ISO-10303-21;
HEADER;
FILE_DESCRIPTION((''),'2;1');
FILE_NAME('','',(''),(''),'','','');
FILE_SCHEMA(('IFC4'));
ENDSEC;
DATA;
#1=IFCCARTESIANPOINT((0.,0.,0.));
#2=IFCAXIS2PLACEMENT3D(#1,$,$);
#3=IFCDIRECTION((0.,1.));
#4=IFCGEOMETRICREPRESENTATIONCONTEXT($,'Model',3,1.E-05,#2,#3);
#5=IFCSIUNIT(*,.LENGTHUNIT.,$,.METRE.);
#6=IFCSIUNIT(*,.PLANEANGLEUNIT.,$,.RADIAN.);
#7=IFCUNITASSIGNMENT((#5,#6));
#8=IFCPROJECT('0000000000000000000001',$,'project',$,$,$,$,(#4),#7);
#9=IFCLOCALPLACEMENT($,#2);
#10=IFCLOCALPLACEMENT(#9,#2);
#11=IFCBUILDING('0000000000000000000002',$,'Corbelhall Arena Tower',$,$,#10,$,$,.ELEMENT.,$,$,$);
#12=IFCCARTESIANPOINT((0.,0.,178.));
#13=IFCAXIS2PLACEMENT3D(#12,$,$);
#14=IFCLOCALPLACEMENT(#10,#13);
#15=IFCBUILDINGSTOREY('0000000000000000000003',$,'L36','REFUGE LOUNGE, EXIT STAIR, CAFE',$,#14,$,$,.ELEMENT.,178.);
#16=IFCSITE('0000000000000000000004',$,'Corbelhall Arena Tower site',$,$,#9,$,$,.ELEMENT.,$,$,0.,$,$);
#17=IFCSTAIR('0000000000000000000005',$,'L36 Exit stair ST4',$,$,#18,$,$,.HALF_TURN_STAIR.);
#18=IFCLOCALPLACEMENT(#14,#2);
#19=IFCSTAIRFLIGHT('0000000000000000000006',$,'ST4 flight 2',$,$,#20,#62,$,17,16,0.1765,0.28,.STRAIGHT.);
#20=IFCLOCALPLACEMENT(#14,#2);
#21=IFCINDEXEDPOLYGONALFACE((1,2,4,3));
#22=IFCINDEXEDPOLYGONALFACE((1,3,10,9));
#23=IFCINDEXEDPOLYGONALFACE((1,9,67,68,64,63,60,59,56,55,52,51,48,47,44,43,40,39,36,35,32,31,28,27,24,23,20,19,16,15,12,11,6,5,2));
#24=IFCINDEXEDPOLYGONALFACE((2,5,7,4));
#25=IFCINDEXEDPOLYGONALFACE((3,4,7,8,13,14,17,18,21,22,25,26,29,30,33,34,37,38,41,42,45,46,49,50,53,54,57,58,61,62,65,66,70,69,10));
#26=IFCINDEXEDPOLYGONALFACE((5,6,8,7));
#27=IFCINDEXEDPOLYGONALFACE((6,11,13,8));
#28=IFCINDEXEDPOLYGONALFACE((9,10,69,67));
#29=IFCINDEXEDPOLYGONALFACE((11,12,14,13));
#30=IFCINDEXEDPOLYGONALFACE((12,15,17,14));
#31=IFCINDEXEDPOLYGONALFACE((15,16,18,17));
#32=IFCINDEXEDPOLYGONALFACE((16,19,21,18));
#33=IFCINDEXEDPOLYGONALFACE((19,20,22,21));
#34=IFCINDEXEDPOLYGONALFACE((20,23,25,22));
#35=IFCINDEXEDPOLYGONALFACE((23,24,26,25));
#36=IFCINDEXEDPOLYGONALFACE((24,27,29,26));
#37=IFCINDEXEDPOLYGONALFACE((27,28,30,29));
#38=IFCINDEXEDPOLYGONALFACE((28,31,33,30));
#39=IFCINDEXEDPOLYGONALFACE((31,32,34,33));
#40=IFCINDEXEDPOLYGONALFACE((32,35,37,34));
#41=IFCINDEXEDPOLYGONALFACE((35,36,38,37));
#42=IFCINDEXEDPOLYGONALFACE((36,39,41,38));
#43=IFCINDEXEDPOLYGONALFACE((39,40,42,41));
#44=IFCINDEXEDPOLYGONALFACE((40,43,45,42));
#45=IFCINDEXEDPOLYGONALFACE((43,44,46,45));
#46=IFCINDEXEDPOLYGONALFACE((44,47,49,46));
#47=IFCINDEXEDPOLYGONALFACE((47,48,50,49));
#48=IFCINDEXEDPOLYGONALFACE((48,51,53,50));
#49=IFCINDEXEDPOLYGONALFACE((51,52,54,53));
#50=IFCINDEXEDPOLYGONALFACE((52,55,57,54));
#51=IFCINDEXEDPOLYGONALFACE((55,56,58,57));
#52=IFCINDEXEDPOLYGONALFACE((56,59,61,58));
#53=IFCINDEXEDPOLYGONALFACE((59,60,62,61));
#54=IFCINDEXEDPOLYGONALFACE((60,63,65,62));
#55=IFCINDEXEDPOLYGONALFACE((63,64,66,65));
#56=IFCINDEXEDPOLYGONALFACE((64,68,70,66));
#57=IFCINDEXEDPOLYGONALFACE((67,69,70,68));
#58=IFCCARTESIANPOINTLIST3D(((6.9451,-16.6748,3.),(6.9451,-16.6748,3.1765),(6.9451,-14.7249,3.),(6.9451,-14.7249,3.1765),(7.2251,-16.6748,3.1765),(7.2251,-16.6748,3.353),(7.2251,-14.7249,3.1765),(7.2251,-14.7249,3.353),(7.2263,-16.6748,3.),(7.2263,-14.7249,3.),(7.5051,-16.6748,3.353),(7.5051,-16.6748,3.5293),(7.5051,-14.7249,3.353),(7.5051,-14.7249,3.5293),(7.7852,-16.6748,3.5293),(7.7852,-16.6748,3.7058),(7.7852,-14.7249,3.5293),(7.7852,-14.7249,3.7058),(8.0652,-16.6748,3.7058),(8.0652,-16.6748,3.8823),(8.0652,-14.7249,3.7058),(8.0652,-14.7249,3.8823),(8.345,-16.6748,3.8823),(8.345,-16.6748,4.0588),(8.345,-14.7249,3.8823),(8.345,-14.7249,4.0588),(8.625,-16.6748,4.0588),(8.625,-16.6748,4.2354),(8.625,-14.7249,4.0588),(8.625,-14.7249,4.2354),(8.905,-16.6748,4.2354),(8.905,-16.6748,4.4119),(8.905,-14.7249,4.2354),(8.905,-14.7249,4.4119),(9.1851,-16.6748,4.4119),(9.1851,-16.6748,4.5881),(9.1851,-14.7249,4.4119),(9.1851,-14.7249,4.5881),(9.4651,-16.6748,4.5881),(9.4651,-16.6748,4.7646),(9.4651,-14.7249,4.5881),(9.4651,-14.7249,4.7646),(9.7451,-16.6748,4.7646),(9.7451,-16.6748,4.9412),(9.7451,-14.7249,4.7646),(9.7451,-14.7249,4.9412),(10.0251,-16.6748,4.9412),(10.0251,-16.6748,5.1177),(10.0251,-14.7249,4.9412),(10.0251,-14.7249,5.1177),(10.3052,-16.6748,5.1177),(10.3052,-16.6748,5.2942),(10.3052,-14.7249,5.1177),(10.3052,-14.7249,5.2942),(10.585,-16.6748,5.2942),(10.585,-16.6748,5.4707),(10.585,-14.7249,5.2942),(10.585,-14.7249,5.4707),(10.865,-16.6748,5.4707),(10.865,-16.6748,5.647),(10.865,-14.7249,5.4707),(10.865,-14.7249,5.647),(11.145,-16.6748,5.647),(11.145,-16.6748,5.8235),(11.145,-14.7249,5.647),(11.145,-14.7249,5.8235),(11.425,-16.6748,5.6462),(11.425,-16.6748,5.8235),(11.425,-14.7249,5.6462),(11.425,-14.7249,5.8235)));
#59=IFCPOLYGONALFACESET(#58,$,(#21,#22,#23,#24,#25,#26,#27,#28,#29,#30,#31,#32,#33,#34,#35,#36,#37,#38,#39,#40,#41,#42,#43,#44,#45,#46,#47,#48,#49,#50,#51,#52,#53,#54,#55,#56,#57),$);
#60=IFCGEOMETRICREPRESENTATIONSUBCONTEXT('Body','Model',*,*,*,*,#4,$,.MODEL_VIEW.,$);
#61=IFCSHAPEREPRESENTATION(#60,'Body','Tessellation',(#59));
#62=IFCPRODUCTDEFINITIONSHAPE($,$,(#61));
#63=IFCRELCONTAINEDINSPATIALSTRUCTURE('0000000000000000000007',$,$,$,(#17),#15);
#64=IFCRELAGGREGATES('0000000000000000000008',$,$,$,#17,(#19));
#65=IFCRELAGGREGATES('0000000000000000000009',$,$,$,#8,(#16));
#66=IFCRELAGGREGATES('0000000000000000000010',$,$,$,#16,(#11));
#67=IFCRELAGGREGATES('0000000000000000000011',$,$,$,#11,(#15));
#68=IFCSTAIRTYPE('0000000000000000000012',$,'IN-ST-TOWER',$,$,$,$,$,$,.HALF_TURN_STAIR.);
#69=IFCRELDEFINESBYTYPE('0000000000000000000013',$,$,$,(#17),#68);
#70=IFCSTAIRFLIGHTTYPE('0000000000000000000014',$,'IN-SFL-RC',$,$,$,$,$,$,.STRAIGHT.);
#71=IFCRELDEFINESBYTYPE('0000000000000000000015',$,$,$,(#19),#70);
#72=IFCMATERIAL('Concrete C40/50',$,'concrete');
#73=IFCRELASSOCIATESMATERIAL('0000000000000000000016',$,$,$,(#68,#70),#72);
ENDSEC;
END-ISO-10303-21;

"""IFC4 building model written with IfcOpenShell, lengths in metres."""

from ifc_helpers import new_model, si_unit, direction, frame, origin, place, context, subcontext, project, spatial, polyline, outline, extrude, material, type_object, element, aggregate, save


model = new_model("IFC4")

# Units and contexts
model_context = context("Model", 3, precision=1e-05, world=origin(), true_north=direction((0.0, 1.0)))
body_context = subcontext(model_context, "Body", "Model", "MODEL_VIEW")
ifc_project = project(units=[si_unit("LENGTHUNIT", "METRE"), si_unit("PLANEANGLEUNIT", "RADIAN")], contexts=[model_context])

# Site, building, storey
site_placement = place(None, origin())
site = spatial("IfcSite", under=ifc_project, at=site_placement, Name="Corbelhall Arena Tower site", CompositionType="ELEMENT", RefElevation=0.0)
building_placement = place(site_placement, origin())
building = spatial("IfcBuilding", under=site, at=building_placement, Name="Corbelhall Arena Tower", CompositionType="ELEMENT")
storey_placement = place(building_placement, frame((0.0, 0.0, 178.0)))
storey = spatial("IfcBuildingStorey", under=building, at=storey_placement, Name="L36", Description="REFUGE LOUNGE, EXIT STAIR, CAFE", CompositionType="ELEMENT", Elevation=178.0)

# Shared definitions
ifc_material_1 = material(Name="Concrete C40/50", Category="concrete")

# Stair, stair flight
stair_type = type_object("IfcStairType", Name="IN-ST-TOWER", PredefinedType="HALF_TURN_STAIR", material=ifc_material_1)
stair_placement = place(storey_placement, origin())
stair = element("IfcStair", 1, at=stair_placement, inside=storey, type_object=stair_type, Name="L36 Exit stair ST4", PredefinedType="HALF_TURN_STAIR")
stair_flight_type = type_object("IfcStairFlightType", Name="IN-SFL-RC", PredefinedType="STRAIGHT", material=ifc_material_1)
stair_flight_placement = place(storey_placement, frame((6.9451, -15.7, 3.0), z_axis=(0.0, 0.0, 1.0), x_axis=(1.0, 0.0, 0.0)))
stair_flight = element("IfcStairFlight", 2, at=stair_flight_placement, type_object=stair_flight_type, Name="ST4 flight 2", NumberOfRisers=17, NumberOfTreads=16, PredefinedType="STRAIGHT", RiserHeight=0.1765, TreadLength=0.28, context=body_context, shape_type="SweptSolid", body=[
    extrude(outline(polyline([(0.0, 0.0), (0.0, 0.1765), (0.28, 0.1765), (0.28, 0.353), (0.5601, 0.353), (0.5601, 0.5293), (0.8401, 0.5293), (0.8401, 0.7058), (1.1201, 0.7058), (1.1201, 0.8823), (1.3999, 0.8823), (1.3999, 1.0588), (1.6799, 1.0588), (1.6799, 1.2354), (1.96, 1.2354), (1.96, 1.4119), (2.24, 1.4119), (2.24, 1.5881), (2.52, 1.5881), (2.52, 1.7646), (2.8, 1.7646), (2.8, 1.9412), (3.0801, 1.9412), (3.0801, 2.1177), (3.3601, 2.1177), (3.3601, 2.2942), (3.6399, 2.2942), (3.6399, 2.4707), (3.9199, 2.4707), (3.9199, 2.647), (4.2, 2.647), (4.2, 2.8235), (4.48, 2.8235), (4.48, 3.0), (4.48, 2.6462), (0.2812, 0.0), (0.0, 0.0)])), frame((0.0, 0.9751, 0.0), z_axis=(0.0, -1.0, 0.0), x_axis=(1.0, 0.0, 0.0)), (0.0, 0.0, 1.0), 1.95),
])
aggregate(stair, [stair_flight])

save(model, "model.ifc")
